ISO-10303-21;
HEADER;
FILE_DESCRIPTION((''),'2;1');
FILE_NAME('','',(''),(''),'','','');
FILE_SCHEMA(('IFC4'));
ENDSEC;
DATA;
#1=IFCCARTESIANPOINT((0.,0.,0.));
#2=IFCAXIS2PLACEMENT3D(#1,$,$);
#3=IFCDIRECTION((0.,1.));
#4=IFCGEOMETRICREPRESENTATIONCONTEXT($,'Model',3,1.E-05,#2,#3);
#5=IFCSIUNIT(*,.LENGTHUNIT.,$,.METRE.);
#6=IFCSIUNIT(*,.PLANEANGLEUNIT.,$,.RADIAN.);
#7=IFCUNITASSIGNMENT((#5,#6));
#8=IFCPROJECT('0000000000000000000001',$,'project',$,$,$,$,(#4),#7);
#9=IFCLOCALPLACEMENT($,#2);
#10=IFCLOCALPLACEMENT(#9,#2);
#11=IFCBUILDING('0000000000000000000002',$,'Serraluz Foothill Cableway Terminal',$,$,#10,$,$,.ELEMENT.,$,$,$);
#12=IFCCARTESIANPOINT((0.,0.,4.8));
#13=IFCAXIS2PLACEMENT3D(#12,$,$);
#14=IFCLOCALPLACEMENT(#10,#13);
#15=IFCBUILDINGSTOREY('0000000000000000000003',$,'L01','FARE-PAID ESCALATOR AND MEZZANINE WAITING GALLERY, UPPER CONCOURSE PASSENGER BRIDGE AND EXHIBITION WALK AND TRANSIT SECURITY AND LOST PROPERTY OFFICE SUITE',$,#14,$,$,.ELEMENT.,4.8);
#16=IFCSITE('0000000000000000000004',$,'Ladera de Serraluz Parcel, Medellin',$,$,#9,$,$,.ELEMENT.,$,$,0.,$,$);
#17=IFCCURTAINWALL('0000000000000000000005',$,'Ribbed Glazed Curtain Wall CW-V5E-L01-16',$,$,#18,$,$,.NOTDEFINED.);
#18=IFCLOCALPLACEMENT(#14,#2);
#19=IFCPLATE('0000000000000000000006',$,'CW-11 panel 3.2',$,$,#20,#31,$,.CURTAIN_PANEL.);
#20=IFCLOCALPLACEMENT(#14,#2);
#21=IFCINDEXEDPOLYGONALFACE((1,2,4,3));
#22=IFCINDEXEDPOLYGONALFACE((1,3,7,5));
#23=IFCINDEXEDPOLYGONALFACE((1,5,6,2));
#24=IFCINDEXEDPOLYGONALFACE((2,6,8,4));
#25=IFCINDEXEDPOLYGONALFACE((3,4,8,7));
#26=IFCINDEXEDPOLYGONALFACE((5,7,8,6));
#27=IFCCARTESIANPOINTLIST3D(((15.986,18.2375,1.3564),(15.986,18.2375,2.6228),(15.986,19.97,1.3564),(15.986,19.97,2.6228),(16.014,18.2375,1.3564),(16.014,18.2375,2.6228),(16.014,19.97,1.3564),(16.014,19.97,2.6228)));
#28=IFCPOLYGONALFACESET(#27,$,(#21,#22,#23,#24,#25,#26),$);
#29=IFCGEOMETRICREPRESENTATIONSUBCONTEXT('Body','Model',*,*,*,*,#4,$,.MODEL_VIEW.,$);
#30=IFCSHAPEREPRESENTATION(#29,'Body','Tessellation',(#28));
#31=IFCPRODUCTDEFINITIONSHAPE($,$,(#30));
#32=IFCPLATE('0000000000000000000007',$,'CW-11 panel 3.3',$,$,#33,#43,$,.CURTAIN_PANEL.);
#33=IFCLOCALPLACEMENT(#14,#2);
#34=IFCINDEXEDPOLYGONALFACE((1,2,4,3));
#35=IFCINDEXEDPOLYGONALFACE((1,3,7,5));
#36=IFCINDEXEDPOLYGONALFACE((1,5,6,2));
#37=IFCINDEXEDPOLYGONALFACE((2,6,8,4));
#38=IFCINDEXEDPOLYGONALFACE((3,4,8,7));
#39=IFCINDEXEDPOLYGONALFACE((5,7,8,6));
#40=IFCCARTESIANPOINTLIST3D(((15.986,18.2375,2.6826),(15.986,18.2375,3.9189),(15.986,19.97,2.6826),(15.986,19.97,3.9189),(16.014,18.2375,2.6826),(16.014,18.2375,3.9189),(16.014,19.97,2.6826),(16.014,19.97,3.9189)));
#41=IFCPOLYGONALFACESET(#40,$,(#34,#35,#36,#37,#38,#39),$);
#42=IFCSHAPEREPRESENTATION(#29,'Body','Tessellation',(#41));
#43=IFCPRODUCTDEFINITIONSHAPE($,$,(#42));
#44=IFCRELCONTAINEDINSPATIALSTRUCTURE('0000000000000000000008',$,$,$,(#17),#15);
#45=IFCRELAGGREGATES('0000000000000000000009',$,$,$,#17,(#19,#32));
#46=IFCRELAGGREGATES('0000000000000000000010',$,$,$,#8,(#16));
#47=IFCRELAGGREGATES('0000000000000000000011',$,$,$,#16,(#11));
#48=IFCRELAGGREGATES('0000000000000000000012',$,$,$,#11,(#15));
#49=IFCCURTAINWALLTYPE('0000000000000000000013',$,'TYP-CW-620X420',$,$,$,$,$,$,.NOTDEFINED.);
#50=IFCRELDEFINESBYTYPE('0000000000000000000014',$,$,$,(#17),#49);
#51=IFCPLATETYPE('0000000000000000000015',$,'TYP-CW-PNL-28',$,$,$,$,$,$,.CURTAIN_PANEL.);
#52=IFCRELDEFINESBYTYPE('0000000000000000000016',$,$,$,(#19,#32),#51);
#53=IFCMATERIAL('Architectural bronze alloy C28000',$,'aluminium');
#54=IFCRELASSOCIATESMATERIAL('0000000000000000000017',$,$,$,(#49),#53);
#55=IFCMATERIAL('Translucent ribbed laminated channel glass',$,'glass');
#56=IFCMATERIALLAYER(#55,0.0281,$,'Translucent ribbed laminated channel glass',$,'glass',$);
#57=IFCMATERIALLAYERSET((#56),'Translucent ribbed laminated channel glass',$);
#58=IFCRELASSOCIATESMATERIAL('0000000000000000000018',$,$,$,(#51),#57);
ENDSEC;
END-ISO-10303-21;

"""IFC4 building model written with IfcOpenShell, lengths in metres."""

from ifc_helpers import new_model, si_unit, direction, frame, origin, origin_2d, place, context, subcontext, project, spatial, rectangle, extrude, material, layer, layer_set, type_object, element, aggregate, save


model = new_model("IFC4")

# Units and contexts
model_context = context("Model", 3, precision=1e-05, world=origin(), true_north=direction((0.0, 1.0)))
body_context = subcontext(model_context, "Body", "Model", "MODEL_VIEW")
ifc_project = project(units=[si_unit("LENGTHUNIT", "METRE"), si_unit("PLANEANGLEUNIT", "RADIAN")], contexts=[model_context])

# Site, building, storey
site_placement = place(None, origin())
site = spatial("IfcSite", under=ifc_project, at=site_placement, Name="Ladera de Serraluz Parcel, Medellin", CompositionType="ELEMENT", RefElevation=0.0)
building_placement = place(site_placement, origin())
building = spatial("IfcBuilding", under=site, at=building_placement, Name="Serraluz Foothill Cableway Terminal", CompositionType="ELEMENT")
storey_placement = place(building_placement, frame((0.0, 0.0, 4.8)))
storey = spatial("IfcBuildingStorey", under=building, at=storey_placement, Name="L01", Description="FARE-PAID ESCALATOR AND MEZZANINE WAITING GALLERY, UPPER CONCOURSE PASSENGER BRIDGE AND EXHIBITION WALK AND TRANSIT SECURITY AND LOST PROPERTY OFFICE SUITE", CompositionType="ELEMENT", Elevation=4.8)

# Curtain wall, plates
ifc_material_1 = material(Name="Architectural bronze alloy C28000", Category="aluminium")
curtain_wall_type = type_object("IfcCurtainWallType", Name="TYP-CW-620X420", PredefinedType="NOTDEFINED", material=ifc_material_1)
curtain_wall_placement = place(storey_placement, origin())
curtain_wall = element("IfcCurtainWall", 1, at=curtain_wall_placement, inside=storey, type_object=curtain_wall_type, Name="Ribbed Glazed Curtain Wall CW-V5E-L01-16", PredefinedType="NOTDEFINED")
ifc_material_2 = material(Name="Translucent ribbed laminated channel glass", Category="glass")
ifc_layer = layer(ifc_material_2, 0.0281, Name="Translucent ribbed laminated channel glass", Category="glass")
ifc_layer_set = layer_set([ifc_layer], Name="Translucent ribbed laminated channel glass")
plate_type = type_object("IfcPlateType", Name="TYP-CW-PNL-28", PredefinedType="CURTAIN_PANEL", material=ifc_layer_set)
plate_1_placement = place(storey_placement, frame((16.0, 19.1038, 1.3564), z_axis=(0.0, 0.0, 1.0), x_axis=(0.0, -1.0, 0.0)))
plate_1 = element("IfcPlate", 2, at=plate_1_placement, type_object=plate_type, Name="CW-11 panel 3.2", PredefinedType="CURTAIN_PANEL", context=body_context, shape_type="SweptSolid", body=[
    extrude(rectangle(XDim=1.7324, YDim=0.0281, at=origin_2d()), origin(), (0.0, 0.0, 1.0), 1.2664),
])
plate_2_placement = place(storey_placement, frame((16.0, 19.1038, 2.6826), z_axis=(0.0, 0.0, 1.0), x_axis=(0.0, -1.0, 0.0)))
plate_2 = element("IfcPlate", 3, at=plate_2_placement, type_object=plate_type, Name="CW-11 panel 3.3", PredefinedType="CURTAIN_PANEL", context=body_context, shape_type="SweptSolid", body=[
    extrude(rectangle(XDim=1.7324, YDim=0.0281, at=origin_2d()), origin(), (0.0, 0.0, 1.0), 1.2363),
])
aggregate(curtain_wall, [plate_1, plate_2])

save(model, "model.ifc")
